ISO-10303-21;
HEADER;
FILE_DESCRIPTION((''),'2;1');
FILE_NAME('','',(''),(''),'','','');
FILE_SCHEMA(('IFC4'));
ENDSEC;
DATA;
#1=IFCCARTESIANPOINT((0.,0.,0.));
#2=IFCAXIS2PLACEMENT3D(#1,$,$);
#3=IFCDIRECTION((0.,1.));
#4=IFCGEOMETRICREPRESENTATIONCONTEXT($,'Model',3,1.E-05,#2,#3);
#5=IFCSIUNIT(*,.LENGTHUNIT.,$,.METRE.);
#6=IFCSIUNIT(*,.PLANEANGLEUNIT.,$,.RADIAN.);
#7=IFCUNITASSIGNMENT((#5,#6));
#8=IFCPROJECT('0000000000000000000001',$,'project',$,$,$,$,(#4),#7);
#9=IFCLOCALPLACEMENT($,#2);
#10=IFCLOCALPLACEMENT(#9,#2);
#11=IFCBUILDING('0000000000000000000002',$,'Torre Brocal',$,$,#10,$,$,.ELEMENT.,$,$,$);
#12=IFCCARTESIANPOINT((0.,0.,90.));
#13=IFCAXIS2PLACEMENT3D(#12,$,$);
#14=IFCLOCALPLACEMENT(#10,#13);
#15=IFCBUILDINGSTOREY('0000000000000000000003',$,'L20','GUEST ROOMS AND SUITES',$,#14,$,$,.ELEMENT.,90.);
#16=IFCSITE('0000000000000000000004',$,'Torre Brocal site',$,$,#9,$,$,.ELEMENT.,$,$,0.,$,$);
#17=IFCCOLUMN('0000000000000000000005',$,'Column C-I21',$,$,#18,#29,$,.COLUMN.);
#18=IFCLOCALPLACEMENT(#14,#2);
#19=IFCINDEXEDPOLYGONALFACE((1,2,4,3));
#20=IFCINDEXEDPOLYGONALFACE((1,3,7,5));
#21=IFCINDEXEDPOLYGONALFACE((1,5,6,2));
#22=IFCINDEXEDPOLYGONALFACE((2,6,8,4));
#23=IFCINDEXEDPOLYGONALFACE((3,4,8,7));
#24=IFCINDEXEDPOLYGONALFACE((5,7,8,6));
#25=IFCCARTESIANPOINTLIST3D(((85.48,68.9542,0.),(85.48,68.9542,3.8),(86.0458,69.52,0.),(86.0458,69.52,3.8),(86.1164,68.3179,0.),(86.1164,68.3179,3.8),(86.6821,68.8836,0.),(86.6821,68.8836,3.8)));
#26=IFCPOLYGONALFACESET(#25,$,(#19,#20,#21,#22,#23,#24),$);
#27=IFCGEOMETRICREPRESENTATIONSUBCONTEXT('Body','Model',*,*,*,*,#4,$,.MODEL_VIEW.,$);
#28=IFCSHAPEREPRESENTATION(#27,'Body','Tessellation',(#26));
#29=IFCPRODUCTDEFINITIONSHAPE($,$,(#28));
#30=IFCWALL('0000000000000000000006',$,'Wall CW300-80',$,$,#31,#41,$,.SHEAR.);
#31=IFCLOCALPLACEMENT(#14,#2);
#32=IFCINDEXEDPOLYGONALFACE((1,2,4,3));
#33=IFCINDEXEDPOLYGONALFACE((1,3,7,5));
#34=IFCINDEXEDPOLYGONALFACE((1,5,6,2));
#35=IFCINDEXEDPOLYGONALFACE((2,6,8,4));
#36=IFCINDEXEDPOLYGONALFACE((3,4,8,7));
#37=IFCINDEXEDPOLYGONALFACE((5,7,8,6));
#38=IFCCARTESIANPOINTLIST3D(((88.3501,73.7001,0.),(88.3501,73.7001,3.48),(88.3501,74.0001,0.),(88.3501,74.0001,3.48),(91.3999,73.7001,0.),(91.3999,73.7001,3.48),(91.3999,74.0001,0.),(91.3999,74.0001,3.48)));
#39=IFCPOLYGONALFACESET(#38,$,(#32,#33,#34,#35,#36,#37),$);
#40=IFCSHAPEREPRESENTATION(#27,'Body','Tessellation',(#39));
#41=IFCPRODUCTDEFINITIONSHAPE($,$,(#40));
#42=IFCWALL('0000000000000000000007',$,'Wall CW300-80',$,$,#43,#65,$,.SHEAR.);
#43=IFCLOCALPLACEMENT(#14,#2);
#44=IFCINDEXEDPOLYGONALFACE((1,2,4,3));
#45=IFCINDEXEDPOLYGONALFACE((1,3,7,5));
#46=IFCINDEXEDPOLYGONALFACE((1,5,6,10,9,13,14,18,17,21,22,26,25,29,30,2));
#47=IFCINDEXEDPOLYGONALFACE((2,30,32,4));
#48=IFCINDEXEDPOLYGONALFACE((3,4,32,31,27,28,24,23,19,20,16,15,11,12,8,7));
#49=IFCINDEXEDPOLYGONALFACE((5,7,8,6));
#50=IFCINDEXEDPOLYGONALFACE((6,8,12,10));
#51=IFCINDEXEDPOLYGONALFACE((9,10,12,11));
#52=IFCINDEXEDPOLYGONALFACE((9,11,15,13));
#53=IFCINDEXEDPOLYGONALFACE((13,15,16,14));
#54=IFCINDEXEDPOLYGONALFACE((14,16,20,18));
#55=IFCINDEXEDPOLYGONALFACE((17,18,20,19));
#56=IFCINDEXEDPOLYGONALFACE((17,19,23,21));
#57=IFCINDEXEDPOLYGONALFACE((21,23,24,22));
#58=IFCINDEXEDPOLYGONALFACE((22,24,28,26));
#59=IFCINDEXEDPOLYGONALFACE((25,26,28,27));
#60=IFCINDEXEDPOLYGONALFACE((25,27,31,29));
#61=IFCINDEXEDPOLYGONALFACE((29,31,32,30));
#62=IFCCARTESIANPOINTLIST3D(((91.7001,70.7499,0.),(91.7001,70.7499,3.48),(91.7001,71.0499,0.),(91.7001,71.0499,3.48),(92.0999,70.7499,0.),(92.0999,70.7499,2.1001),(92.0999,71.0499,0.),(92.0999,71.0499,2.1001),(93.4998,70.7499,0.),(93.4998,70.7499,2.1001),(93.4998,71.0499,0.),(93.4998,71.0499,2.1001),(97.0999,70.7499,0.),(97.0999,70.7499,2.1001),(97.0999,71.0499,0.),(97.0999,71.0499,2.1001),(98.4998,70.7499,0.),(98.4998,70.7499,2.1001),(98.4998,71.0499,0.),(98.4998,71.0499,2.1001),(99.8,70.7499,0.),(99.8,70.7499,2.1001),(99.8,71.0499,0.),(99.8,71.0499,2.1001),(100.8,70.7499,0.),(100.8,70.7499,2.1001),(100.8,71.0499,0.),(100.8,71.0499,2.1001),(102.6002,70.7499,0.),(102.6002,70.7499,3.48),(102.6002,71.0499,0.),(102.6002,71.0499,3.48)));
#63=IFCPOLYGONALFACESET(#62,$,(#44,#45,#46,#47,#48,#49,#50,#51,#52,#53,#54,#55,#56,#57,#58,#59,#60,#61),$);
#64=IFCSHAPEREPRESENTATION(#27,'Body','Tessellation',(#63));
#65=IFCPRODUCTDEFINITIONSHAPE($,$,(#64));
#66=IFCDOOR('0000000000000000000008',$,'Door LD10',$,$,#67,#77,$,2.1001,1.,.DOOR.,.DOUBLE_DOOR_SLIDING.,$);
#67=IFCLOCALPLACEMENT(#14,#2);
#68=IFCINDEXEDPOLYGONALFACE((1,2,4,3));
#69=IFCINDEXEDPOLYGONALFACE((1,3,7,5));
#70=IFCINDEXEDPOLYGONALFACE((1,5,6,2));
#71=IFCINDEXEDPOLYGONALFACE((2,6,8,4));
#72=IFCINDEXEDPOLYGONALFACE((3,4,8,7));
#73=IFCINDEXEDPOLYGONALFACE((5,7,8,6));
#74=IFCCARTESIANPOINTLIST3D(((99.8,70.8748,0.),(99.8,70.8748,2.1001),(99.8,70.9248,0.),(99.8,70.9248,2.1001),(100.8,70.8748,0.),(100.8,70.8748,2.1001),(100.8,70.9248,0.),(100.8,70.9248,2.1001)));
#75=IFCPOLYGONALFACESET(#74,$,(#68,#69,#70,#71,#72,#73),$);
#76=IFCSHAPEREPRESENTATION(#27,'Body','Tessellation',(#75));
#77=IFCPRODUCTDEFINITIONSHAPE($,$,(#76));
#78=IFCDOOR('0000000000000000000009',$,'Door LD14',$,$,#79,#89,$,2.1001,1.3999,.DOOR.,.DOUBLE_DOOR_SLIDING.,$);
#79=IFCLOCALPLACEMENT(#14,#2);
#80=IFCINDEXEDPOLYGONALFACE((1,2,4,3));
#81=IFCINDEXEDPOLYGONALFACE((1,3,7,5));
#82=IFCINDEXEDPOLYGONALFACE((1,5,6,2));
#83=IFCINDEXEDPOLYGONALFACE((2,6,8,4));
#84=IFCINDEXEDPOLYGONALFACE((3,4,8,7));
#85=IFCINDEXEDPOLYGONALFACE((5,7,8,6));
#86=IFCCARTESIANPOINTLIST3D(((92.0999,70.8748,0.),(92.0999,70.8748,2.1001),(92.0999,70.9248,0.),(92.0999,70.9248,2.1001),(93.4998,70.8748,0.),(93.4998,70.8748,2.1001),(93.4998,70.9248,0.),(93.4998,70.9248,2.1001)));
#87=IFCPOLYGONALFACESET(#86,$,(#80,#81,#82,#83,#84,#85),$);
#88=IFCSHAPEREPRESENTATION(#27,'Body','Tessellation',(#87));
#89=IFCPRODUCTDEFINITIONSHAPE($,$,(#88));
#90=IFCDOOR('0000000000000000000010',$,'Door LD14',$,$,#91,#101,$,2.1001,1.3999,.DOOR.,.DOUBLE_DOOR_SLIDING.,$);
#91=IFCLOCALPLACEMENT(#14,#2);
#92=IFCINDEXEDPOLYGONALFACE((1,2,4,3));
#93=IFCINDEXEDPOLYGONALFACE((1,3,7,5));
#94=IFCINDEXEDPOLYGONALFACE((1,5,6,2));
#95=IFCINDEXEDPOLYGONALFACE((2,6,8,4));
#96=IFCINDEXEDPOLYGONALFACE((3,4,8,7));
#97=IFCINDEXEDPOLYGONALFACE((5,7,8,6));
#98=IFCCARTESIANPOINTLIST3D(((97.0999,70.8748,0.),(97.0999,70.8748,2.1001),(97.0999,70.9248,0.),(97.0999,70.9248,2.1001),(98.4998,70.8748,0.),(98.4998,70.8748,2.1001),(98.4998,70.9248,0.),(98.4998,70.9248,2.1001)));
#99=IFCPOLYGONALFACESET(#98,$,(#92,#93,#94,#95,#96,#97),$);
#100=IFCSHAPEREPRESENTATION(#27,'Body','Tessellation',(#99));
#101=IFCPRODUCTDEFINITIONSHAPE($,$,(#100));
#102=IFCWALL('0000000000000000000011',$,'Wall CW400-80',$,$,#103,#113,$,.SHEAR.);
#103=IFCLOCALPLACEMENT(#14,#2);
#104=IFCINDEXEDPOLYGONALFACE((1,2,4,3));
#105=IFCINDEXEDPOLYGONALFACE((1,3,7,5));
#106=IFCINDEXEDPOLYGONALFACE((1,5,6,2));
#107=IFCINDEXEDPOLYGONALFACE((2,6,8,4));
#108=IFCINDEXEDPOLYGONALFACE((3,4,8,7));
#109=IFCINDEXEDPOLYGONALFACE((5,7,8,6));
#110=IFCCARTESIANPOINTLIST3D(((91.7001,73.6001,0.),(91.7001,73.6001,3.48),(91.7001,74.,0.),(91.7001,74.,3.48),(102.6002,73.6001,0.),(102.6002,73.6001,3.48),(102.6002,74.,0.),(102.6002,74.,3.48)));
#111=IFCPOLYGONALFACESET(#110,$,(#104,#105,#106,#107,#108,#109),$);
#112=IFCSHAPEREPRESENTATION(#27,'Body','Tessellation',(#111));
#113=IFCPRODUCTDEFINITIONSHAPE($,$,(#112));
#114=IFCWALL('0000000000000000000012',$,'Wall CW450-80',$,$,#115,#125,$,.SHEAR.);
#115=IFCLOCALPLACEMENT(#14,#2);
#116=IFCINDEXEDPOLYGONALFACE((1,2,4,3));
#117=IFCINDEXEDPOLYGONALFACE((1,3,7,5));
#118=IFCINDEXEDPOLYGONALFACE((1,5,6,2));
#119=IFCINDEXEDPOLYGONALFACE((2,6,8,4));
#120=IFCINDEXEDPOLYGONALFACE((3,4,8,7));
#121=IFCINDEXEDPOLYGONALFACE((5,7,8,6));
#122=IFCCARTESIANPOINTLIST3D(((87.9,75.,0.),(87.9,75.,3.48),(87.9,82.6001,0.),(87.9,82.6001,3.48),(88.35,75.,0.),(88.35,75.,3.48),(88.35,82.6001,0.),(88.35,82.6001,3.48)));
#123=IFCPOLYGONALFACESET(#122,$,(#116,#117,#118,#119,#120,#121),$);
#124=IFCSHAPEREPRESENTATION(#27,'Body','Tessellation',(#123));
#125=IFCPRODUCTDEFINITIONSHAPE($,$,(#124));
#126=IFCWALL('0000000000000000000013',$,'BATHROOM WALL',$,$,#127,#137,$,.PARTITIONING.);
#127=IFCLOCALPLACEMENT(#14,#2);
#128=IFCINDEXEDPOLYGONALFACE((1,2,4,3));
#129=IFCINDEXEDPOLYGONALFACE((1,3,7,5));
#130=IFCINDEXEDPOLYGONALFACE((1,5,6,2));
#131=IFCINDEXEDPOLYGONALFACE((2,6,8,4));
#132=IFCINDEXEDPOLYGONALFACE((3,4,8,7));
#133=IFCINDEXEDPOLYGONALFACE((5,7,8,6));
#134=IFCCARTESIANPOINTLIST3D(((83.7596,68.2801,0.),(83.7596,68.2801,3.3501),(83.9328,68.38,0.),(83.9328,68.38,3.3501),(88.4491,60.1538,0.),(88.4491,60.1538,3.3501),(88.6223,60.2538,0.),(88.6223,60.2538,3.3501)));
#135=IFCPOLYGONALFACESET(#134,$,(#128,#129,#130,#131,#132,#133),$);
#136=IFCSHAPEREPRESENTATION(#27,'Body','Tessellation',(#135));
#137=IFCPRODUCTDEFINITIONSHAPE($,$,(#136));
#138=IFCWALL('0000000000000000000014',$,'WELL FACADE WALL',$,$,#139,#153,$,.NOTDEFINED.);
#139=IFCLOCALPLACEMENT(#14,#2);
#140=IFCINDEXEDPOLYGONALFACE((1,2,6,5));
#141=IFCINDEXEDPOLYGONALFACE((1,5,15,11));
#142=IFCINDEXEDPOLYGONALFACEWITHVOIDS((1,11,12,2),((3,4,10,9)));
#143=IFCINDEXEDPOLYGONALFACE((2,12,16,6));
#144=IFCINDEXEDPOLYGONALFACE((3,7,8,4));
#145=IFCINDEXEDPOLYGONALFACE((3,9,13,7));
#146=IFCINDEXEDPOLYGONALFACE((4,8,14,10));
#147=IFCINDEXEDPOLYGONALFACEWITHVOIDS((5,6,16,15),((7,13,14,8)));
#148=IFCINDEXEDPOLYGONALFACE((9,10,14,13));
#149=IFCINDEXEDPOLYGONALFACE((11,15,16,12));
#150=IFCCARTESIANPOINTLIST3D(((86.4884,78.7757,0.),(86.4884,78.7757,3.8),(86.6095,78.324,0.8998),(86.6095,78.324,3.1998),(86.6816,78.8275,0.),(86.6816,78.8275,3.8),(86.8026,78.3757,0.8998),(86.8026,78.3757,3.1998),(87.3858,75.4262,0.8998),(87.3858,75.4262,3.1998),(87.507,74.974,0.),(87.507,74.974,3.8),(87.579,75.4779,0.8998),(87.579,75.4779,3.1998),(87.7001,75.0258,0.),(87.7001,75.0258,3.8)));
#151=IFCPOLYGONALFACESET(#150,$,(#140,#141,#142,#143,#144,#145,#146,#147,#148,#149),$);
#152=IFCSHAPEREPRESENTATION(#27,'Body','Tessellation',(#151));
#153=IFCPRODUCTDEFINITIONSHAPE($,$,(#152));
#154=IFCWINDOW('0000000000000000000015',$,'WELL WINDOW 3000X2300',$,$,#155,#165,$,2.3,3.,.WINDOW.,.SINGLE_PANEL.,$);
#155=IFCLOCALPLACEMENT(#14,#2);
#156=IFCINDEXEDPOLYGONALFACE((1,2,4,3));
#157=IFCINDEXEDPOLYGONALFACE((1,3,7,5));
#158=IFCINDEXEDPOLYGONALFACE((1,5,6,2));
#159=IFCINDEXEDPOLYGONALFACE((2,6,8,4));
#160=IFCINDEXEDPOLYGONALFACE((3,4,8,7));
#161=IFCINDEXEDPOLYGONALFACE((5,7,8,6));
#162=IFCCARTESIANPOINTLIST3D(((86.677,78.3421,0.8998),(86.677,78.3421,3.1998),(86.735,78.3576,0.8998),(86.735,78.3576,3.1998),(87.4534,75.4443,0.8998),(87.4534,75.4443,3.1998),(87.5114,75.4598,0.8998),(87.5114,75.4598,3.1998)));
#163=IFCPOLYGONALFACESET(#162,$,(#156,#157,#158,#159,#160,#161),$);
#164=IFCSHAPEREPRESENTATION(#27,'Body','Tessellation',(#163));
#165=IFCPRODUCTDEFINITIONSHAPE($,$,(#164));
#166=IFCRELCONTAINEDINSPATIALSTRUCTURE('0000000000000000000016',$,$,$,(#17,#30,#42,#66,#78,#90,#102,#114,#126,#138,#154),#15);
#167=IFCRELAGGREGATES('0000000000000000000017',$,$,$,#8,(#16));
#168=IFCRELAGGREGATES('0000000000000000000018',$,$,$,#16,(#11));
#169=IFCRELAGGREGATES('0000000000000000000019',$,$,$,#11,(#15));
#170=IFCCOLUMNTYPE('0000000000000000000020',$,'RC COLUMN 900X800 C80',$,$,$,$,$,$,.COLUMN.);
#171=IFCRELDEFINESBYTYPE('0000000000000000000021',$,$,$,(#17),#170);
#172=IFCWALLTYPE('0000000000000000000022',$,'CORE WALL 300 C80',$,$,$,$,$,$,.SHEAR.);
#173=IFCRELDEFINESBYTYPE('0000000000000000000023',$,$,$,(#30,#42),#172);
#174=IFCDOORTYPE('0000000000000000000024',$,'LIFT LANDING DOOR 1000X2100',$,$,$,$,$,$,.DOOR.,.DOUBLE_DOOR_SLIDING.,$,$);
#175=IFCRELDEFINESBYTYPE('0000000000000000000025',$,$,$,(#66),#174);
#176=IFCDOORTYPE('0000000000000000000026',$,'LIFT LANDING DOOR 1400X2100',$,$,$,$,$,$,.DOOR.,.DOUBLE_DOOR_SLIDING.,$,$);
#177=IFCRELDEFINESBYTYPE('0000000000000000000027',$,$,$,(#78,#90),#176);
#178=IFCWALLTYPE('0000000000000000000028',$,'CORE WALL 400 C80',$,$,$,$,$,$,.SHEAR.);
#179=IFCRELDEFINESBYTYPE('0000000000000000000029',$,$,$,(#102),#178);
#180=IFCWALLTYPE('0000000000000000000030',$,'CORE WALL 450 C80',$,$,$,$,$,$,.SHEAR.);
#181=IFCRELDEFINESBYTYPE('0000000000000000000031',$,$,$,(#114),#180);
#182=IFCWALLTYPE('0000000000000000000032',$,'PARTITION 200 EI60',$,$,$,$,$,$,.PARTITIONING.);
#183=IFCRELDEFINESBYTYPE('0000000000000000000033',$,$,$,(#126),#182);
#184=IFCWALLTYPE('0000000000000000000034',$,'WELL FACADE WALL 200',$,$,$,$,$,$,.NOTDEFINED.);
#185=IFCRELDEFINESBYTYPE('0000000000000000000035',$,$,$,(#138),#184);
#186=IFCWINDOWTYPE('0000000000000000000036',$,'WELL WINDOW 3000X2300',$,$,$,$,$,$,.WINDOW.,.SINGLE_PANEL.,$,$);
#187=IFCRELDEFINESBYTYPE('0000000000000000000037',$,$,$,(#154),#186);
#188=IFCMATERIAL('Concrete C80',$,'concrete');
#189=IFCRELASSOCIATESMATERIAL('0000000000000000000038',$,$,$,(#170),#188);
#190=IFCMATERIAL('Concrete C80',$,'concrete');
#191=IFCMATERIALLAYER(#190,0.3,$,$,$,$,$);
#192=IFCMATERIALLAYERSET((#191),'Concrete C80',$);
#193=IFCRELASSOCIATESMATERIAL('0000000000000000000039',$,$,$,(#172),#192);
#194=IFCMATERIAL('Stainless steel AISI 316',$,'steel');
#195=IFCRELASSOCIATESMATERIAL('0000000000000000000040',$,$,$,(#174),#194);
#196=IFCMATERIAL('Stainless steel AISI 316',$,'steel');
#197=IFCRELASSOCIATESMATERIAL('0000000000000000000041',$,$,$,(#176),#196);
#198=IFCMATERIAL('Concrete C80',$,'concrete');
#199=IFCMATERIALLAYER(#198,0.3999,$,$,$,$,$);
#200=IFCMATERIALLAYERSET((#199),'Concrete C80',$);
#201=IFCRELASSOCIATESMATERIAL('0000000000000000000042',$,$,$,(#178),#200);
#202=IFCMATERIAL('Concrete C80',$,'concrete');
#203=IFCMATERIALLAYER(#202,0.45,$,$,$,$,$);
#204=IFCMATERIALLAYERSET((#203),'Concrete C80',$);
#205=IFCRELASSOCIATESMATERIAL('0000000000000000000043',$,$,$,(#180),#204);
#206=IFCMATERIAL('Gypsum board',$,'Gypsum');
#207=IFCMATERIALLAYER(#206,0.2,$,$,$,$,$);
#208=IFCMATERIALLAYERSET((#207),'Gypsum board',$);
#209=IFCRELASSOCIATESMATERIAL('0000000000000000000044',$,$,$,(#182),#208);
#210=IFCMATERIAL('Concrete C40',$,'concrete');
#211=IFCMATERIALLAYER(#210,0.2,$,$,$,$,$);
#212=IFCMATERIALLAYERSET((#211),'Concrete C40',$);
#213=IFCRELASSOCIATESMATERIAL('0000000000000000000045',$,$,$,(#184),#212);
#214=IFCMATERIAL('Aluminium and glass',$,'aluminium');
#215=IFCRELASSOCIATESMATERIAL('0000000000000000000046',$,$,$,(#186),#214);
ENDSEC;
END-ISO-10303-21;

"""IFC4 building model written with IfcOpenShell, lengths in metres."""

from ifc_helpers import new_model, si_unit, direction, frame, frame_2d, origin, origin_2d, place, context, subcontext, project, spatial, rectangle, extrude, material, layer, layer_set, material_profile, profile_set, type_object, element, fill, save


model = new_model("IFC4")

# Units and contexts
model_context = context("Model", 3, precision=1e-05, world=origin(), true_north=direction((0.0, 1.0)))
body_context = subcontext(model_context, "Body", "Model", "MODEL_VIEW")
ifc_project = project(units=[si_unit("LENGTHUNIT", "METRE"), si_unit("PLANEANGLEUNIT", "RADIAN")], contexts=[model_context])

# Site, building, storey
site_placement = place(None, origin())
site = spatial("IfcSite", under=ifc_project, at=site_placement, Name="Torre Brocal site", CompositionType="ELEMENT", RefElevation=0.0)
building_placement = place(site_placement, origin())
building = spatial("IfcBuilding", under=site, at=building_placement, Name="Torre Brocal", CompositionType="ELEMENT")
storey_placement = place(building_placement, frame((0.0, 0.0, 90.0)))
storey = spatial("IfcBuildingStorey", under=building, at=storey_placement, Name="L20", Description="GUEST ROOMS AND SUITES", CompositionType="ELEMENT", Elevation=90.0)

# Column
ifc_material_1 = material(Name="Concrete C80", Category="concrete")
ifc_material_profile = material_profile(ifc_material_1, rectangle(XDim=0.8999, YDim=0.8, at=origin_2d()), Name="RC 900X800")
ifc_profile_set = profile_set([ifc_material_profile], Name="Concrete C80")
column_type = type_object("IfcColumnType", Name="RC COLUMN 900X800 C80", PredefinedType="COLUMN", material=ifc_profile_set)
column_placement = place(storey_placement, frame((86.0811, 68.9189, 0.0), z_axis=(0.0, 0.0, 1.0), x_axis=(0.707107, -0.707107, 0.0)))
element("IfcColumn", 1, at=column_placement, inside=storey, type_object=column_type, Name="Column C-I21", PredefinedType="COLUMN", context=body_context, shape_type="SweptSolid", body=[
    extrude(rectangle(XDim=0.8999, YDim=0.8, at=origin_2d()), origin(), (0.0, 0.0, 1.0), 3.8),
])

# Wall
ifc_material_2 = material(Name="Concrete C80", Category="concrete")
ifc_layer_1 = layer(ifc_material_2, 0.3)
ifc_layer_set_1 = layer_set([ifc_layer_1], Name="Concrete C80")
wall_type_1 = type_object("IfcWallType", Name="CORE WALL 300 C80", PredefinedType="SHEAR", material=ifc_layer_set_1)
wall_1_placement = place(storey_placement, frame((88.3501, 73.8501, 0.0), z_axis=(0.0, 0.0, 1.0), x_axis=(1.0, 0.0, 0.0)))
element("IfcWall", 2, at=wall_1_placement, inside=storey, type_object=wall_type_1, Name="Wall CW300-80", PredefinedType="SHEAR", context=body_context, shape_type="SweptSolid", body=[
    extrude(rectangle(XDim=3.0498, YDim=0.3, at=frame_2d((1.5249, 0.0))), origin(), (0.0, 0.0, 1.0), 3.48),
])

# Wall, openings, doors
wall_2_placement = place(storey_placement, frame((91.7, 70.8999, 0.0), z_axis=(0.0, 0.0, 1.0), x_axis=(1.0, 0.0, 0.0)))
wall_2 = element("IfcWall", 3, at=wall_2_placement, inside=storey, type_object=wall_type_1, Name="Wall CW300-80", PredefinedType="SHEAR", context=body_context, shape_type="SweptSolid", body=[
    extrude(rectangle(XDim=10.9001, YDim=0.3, at=frame_2d((5.4502, 0.0))), origin(), (0.0, 0.0, 1.0), 3.48),
])
opening_1_placement = place(wall_2_placement, frame((0.3999, 0.0, 0.0)))
opening_1 = element("IfcOpeningElement", 4, at=opening_1_placement, cuts=wall_2, PredefinedType="OPENING", context=body_context, shape_type="SweptSolid", body=[
    extrude(rectangle(XDim=1.3999, YDim=2.1001, at=frame_2d((0.7, 1.05))), frame((0.0, 0.1599, 0.0), z_axis=(0.0, -1.0, 0.0), x_axis=(1.0, 0.0, 0.0)), (0.0, 0.0, 1.0), 0.3201),
])
opening_2_placement = place(wall_2_placement, frame((5.3999, 0.0, 0.0)))
opening_2 = element("IfcOpeningElement", 5, at=opening_2_placement, cuts=wall_2, PredefinedType="OPENING", context=body_context, shape_type="SweptSolid", body=[
    extrude(rectangle(XDim=1.3999, YDim=2.1001, at=frame_2d((0.7, 1.05))), frame((0.0, 0.1599, 0.0), z_axis=(0.0, -1.0, 0.0), x_axis=(1.0, 0.0, 0.0)), (0.0, 0.0, 1.0), 0.3201),
])
opening_3_placement = place(wall_2_placement, frame((8.1001, 0.0, 0.0)))
opening_3 = element("IfcOpeningElement", 6, at=opening_3_placement, cuts=wall_2, PredefinedType="OPENING", context=body_context, shape_type="SweptSolid", body=[
    extrude(rectangle(XDim=1.0, YDim=2.1001, at=frame_2d((0.5, 1.05))), frame((0.0, 0.1599, 0.0), z_axis=(0.0, -1.0, 0.0), x_axis=(1.0, 0.0, 0.0)), (0.0, 0.0, 1.0), 0.3201),
])
ifc_material_3 = material(Name="Stainless steel AISI 316", Category="steel")
door_type_1 = type_object("IfcDoorType", Name="LIFT LANDING DOOR 1000X2100", OperationType="DOUBLE_DOOR_SLIDING", PredefinedType="DOOR", material=ifc_material_3)
door_1_placement = place(opening_3_placement, origin())
door_1 = element("IfcDoor", 7, at=door_1_placement, inside=storey, type_object=door_type_1, Name="Door LD10", OperationType="DOUBLE_DOOR_SLIDING", OverallHeight=2.1001, OverallWidth=1.0, PredefinedType="DOOR", context=body_context, shape_type="SweptSolid", body=[
    extrude(rectangle(XDim=1.0, YDim=2.1001, at=frame_2d((0.5, 1.05))), frame((0.0, 0.0249, 0.0), z_axis=(0.0, -1.0, 0.0), x_axis=(1.0, 0.0, 0.0)), (0.0, 0.0, 1.0), 0.05),
])
fill(opening_3, door_1)
ifc_material_4 = material(Name="Stainless steel AISI 316", Category="steel")
door_type_2 = type_object("IfcDoorType", Name="LIFT LANDING DOOR 1400X2100", OperationType="DOUBLE_DOOR_SLIDING", PredefinedType="DOOR", material=ifc_material_4)
door_2_placement = place(opening_1_placement, origin())
door_2 = element("IfcDoor", 8, at=door_2_placement, inside=storey, type_object=door_type_2, Name="Door LD14", OperationType="DOUBLE_DOOR_SLIDING", OverallHeight=2.1001, OverallWidth=1.3999, PredefinedType="DOOR", context=body_context, shape_type="SweptSolid", body=[
    extrude(rectangle(XDim=1.3999, YDim=2.1001, at=frame_2d((0.7, 1.05))), frame((0.0, 0.0249, 0.0), z_axis=(0.0, -1.0, 0.0), x_axis=(1.0, 0.0, 0.0)), (0.0, 0.0, 1.0), 0.05),
])
fill(opening_1, door_2)
door_3_placement = place(opening_2_placement, origin())
door_3 = element("IfcDoor", 9, at=door_3_placement, inside=storey, type_object=door_type_2, Name="Door LD14", OperationType="DOUBLE_DOOR_SLIDING", OverallHeight=2.1001, OverallWidth=1.3999, PredefinedType="DOOR", context=body_context, shape_type="SweptSolid", body=[
    extrude(rectangle(XDim=1.3999, YDim=2.1001, at=frame_2d((0.7, 1.05))), frame((0.0, 0.0249, 0.0), z_axis=(0.0, -1.0, 0.0), x_axis=(1.0, 0.0, 0.0)), (0.0, 0.0, 1.0), 0.05),
])
fill(opening_2, door_3)

# Walls
ifc_material_5 = material(Name="Concrete C80", Category="concrete")
ifc_layer_2 = layer(ifc_material_5, 0.3999)
ifc_layer_set_2 = layer_set([ifc_layer_2], Name="Concrete C80")
wall_type_2 = type_object("IfcWallType", Name="CORE WALL 400 C80", PredefinedType="SHEAR", material=ifc_layer_set_2)
wall_3_placement = place(storey_placement, frame((91.7, 73.8, 0.0), z_axis=(0.0, 0.0, 1.0), x_axis=(1.0, 0.0, 0.0)))
element("IfcWall", 10, at=wall_3_placement, inside=storey, type_object=wall_type_2, Name="Wall CW400-80", PredefinedType="SHEAR", context=body_context, shape_type="SweptSolid", body=[
    extrude(rectangle(XDim=10.9001, YDim=0.3999, at=frame_2d((5.4502, 0.0))), origin(), (0.0, 0.0, 1.0), 3.48),
])
ifc_material_6 = material(Name="Concrete C80", Category="concrete")
ifc_layer_3 = layer(ifc_material_6, 0.45)
ifc_layer_set_3 = layer_set([ifc_layer_3], Name="Concrete C80")
wall_type_3 = type_object("IfcWallType", Name="CORE WALL 450 C80", PredefinedType="SHEAR", material=ifc_layer_set_3)
wall_4_placement = place(storey_placement, frame((88.125, 75.0, 0.0), z_axis=(0.0, 0.0, 1.0), x_axis=(0.0, 1.0, 0.0)))
element("IfcWall", 11, at=wall_4_placement, inside=storey, type_object=wall_type_3, Name="Wall CW450-80", PredefinedType="SHEAR", context=body_context, shape_type="SweptSolid", body=[
    extrude(rectangle(XDim=7.6001, YDim=0.45, at=frame_2d((3.8, 0.0))), origin(), (0.0, 0.0, 1.0), 3.48),
])
ifc_material_7 = material(Name="Gypsum board", Category="Gypsum")
ifc_layer_4 = layer(ifc_material_7, 0.2)
ifc_layer_set_4 = layer_set([ifc_layer_4], Name="Gypsum board")
wall_type_4 = type_object("IfcWallType", Name="PARTITION 200 EI60", PredefinedType="PARTITIONING", material=ifc_layer_set_4)
wall_5_placement = place(storey_placement, frame((83.8462, 68.3301, 0.0), z_axis=(0.0, 0.0, 1.0), x_axis=(0.499822, -0.866128, 0.0)))
element("IfcWall", 12, at=wall_5_placement, inside=storey, type_object=wall_type_4, Name="BATHROOM WALL", PredefinedType="PARTITIONING", context=body_context, shape_type="SweptSolid", body=[
    extrude(rectangle(XDim=9.3823, YDim=0.2, at=frame_2d((4.6912, 0.0))), origin(), (0.0, 0.0, 1.0), 3.3501),
])

# Wall, opening, window
ifc_material_8 = material(Name="Concrete C40", Category="concrete")
ifc_layer_5 = layer(ifc_material_8, 0.2)
ifc_layer_set_5 = layer_set([ifc_layer_5], Name="Concrete C40")
wall_type_5 = type_object("IfcWallType", Name="WELL FACADE WALL 200", PredefinedType="NOTDEFINED", material=ifc_layer_set_5)
wall_6_placement = place(storey_placement, frame((87.6035, 75.0, 0.0), z_axis=(0.0, 0.0, 1.0), x_axis=(-0.25879, 0.965934, 0.0)))
wall_6 = element("IfcWall", 13, at=wall_6_placement, inside=storey, type_object=wall_type_5, Name="WELL FACADE WALL", PredefinedType="NOTDEFINED", context=body_context, shape_type="SweptSolid", body=[
    extrude(rectangle(XDim=3.9358, YDim=0.2, at=frame_2d((1.9678, 0.0))), origin(), (0.0, 0.0, 1.0), 3.8),
])
opening_4_placement = place(wall_6_placement, frame((0.468, 0.0, 0.8999)))
opening_4 = element("IfcOpeningElement", 14, at=opening_4_placement, cuts=wall_6, PredefinedType="OPENING", context=body_context, shape_type="SweptSolid", body=[
    extrude(rectangle(XDim=3.0, YDim=2.3, at=frame_2d((1.5, 1.1499))), frame((0.0, 0.1099, 0.0), z_axis=(0.0, -1.0, 0.0), x_axis=(1.0, 0.0, 0.0)), (0.0, 0.0, 1.0), 0.22),
])
ifc_material_9 = material(Name="Aluminium and glass", Category="aluminium")
window_type = type_object("IfcWindowType", Name="WELL WINDOW 3000X2300", PartitioningType="SINGLE_PANEL", PredefinedType="WINDOW", material=ifc_material_9)
window_1_placement = place(opening_4_placement, origin())
window_1 = element("IfcWindow", 15, at=window_1_placement, inside=storey, type_object=window_type, Name="WELL WINDOW 3000X2300", OverallHeight=2.3, OverallWidth=3.0, PartitioningType="SINGLE_PANEL", PredefinedType="WINDOW", context=body_context, shape_type="SweptSolid", body=[
    extrude(rectangle(XDim=3.0, YDim=2.3, at=frame_2d((1.5, 1.1499))), frame((0.0, 0.03, 0.0), z_axis=(0.0, -1.0, 0.0), x_axis=(1.0, 0.0, 0.0)), (0.0, 0.0, 1.0), 0.0601),
])
fill(opening_4, window_1)

save(model, "model.ifc")
